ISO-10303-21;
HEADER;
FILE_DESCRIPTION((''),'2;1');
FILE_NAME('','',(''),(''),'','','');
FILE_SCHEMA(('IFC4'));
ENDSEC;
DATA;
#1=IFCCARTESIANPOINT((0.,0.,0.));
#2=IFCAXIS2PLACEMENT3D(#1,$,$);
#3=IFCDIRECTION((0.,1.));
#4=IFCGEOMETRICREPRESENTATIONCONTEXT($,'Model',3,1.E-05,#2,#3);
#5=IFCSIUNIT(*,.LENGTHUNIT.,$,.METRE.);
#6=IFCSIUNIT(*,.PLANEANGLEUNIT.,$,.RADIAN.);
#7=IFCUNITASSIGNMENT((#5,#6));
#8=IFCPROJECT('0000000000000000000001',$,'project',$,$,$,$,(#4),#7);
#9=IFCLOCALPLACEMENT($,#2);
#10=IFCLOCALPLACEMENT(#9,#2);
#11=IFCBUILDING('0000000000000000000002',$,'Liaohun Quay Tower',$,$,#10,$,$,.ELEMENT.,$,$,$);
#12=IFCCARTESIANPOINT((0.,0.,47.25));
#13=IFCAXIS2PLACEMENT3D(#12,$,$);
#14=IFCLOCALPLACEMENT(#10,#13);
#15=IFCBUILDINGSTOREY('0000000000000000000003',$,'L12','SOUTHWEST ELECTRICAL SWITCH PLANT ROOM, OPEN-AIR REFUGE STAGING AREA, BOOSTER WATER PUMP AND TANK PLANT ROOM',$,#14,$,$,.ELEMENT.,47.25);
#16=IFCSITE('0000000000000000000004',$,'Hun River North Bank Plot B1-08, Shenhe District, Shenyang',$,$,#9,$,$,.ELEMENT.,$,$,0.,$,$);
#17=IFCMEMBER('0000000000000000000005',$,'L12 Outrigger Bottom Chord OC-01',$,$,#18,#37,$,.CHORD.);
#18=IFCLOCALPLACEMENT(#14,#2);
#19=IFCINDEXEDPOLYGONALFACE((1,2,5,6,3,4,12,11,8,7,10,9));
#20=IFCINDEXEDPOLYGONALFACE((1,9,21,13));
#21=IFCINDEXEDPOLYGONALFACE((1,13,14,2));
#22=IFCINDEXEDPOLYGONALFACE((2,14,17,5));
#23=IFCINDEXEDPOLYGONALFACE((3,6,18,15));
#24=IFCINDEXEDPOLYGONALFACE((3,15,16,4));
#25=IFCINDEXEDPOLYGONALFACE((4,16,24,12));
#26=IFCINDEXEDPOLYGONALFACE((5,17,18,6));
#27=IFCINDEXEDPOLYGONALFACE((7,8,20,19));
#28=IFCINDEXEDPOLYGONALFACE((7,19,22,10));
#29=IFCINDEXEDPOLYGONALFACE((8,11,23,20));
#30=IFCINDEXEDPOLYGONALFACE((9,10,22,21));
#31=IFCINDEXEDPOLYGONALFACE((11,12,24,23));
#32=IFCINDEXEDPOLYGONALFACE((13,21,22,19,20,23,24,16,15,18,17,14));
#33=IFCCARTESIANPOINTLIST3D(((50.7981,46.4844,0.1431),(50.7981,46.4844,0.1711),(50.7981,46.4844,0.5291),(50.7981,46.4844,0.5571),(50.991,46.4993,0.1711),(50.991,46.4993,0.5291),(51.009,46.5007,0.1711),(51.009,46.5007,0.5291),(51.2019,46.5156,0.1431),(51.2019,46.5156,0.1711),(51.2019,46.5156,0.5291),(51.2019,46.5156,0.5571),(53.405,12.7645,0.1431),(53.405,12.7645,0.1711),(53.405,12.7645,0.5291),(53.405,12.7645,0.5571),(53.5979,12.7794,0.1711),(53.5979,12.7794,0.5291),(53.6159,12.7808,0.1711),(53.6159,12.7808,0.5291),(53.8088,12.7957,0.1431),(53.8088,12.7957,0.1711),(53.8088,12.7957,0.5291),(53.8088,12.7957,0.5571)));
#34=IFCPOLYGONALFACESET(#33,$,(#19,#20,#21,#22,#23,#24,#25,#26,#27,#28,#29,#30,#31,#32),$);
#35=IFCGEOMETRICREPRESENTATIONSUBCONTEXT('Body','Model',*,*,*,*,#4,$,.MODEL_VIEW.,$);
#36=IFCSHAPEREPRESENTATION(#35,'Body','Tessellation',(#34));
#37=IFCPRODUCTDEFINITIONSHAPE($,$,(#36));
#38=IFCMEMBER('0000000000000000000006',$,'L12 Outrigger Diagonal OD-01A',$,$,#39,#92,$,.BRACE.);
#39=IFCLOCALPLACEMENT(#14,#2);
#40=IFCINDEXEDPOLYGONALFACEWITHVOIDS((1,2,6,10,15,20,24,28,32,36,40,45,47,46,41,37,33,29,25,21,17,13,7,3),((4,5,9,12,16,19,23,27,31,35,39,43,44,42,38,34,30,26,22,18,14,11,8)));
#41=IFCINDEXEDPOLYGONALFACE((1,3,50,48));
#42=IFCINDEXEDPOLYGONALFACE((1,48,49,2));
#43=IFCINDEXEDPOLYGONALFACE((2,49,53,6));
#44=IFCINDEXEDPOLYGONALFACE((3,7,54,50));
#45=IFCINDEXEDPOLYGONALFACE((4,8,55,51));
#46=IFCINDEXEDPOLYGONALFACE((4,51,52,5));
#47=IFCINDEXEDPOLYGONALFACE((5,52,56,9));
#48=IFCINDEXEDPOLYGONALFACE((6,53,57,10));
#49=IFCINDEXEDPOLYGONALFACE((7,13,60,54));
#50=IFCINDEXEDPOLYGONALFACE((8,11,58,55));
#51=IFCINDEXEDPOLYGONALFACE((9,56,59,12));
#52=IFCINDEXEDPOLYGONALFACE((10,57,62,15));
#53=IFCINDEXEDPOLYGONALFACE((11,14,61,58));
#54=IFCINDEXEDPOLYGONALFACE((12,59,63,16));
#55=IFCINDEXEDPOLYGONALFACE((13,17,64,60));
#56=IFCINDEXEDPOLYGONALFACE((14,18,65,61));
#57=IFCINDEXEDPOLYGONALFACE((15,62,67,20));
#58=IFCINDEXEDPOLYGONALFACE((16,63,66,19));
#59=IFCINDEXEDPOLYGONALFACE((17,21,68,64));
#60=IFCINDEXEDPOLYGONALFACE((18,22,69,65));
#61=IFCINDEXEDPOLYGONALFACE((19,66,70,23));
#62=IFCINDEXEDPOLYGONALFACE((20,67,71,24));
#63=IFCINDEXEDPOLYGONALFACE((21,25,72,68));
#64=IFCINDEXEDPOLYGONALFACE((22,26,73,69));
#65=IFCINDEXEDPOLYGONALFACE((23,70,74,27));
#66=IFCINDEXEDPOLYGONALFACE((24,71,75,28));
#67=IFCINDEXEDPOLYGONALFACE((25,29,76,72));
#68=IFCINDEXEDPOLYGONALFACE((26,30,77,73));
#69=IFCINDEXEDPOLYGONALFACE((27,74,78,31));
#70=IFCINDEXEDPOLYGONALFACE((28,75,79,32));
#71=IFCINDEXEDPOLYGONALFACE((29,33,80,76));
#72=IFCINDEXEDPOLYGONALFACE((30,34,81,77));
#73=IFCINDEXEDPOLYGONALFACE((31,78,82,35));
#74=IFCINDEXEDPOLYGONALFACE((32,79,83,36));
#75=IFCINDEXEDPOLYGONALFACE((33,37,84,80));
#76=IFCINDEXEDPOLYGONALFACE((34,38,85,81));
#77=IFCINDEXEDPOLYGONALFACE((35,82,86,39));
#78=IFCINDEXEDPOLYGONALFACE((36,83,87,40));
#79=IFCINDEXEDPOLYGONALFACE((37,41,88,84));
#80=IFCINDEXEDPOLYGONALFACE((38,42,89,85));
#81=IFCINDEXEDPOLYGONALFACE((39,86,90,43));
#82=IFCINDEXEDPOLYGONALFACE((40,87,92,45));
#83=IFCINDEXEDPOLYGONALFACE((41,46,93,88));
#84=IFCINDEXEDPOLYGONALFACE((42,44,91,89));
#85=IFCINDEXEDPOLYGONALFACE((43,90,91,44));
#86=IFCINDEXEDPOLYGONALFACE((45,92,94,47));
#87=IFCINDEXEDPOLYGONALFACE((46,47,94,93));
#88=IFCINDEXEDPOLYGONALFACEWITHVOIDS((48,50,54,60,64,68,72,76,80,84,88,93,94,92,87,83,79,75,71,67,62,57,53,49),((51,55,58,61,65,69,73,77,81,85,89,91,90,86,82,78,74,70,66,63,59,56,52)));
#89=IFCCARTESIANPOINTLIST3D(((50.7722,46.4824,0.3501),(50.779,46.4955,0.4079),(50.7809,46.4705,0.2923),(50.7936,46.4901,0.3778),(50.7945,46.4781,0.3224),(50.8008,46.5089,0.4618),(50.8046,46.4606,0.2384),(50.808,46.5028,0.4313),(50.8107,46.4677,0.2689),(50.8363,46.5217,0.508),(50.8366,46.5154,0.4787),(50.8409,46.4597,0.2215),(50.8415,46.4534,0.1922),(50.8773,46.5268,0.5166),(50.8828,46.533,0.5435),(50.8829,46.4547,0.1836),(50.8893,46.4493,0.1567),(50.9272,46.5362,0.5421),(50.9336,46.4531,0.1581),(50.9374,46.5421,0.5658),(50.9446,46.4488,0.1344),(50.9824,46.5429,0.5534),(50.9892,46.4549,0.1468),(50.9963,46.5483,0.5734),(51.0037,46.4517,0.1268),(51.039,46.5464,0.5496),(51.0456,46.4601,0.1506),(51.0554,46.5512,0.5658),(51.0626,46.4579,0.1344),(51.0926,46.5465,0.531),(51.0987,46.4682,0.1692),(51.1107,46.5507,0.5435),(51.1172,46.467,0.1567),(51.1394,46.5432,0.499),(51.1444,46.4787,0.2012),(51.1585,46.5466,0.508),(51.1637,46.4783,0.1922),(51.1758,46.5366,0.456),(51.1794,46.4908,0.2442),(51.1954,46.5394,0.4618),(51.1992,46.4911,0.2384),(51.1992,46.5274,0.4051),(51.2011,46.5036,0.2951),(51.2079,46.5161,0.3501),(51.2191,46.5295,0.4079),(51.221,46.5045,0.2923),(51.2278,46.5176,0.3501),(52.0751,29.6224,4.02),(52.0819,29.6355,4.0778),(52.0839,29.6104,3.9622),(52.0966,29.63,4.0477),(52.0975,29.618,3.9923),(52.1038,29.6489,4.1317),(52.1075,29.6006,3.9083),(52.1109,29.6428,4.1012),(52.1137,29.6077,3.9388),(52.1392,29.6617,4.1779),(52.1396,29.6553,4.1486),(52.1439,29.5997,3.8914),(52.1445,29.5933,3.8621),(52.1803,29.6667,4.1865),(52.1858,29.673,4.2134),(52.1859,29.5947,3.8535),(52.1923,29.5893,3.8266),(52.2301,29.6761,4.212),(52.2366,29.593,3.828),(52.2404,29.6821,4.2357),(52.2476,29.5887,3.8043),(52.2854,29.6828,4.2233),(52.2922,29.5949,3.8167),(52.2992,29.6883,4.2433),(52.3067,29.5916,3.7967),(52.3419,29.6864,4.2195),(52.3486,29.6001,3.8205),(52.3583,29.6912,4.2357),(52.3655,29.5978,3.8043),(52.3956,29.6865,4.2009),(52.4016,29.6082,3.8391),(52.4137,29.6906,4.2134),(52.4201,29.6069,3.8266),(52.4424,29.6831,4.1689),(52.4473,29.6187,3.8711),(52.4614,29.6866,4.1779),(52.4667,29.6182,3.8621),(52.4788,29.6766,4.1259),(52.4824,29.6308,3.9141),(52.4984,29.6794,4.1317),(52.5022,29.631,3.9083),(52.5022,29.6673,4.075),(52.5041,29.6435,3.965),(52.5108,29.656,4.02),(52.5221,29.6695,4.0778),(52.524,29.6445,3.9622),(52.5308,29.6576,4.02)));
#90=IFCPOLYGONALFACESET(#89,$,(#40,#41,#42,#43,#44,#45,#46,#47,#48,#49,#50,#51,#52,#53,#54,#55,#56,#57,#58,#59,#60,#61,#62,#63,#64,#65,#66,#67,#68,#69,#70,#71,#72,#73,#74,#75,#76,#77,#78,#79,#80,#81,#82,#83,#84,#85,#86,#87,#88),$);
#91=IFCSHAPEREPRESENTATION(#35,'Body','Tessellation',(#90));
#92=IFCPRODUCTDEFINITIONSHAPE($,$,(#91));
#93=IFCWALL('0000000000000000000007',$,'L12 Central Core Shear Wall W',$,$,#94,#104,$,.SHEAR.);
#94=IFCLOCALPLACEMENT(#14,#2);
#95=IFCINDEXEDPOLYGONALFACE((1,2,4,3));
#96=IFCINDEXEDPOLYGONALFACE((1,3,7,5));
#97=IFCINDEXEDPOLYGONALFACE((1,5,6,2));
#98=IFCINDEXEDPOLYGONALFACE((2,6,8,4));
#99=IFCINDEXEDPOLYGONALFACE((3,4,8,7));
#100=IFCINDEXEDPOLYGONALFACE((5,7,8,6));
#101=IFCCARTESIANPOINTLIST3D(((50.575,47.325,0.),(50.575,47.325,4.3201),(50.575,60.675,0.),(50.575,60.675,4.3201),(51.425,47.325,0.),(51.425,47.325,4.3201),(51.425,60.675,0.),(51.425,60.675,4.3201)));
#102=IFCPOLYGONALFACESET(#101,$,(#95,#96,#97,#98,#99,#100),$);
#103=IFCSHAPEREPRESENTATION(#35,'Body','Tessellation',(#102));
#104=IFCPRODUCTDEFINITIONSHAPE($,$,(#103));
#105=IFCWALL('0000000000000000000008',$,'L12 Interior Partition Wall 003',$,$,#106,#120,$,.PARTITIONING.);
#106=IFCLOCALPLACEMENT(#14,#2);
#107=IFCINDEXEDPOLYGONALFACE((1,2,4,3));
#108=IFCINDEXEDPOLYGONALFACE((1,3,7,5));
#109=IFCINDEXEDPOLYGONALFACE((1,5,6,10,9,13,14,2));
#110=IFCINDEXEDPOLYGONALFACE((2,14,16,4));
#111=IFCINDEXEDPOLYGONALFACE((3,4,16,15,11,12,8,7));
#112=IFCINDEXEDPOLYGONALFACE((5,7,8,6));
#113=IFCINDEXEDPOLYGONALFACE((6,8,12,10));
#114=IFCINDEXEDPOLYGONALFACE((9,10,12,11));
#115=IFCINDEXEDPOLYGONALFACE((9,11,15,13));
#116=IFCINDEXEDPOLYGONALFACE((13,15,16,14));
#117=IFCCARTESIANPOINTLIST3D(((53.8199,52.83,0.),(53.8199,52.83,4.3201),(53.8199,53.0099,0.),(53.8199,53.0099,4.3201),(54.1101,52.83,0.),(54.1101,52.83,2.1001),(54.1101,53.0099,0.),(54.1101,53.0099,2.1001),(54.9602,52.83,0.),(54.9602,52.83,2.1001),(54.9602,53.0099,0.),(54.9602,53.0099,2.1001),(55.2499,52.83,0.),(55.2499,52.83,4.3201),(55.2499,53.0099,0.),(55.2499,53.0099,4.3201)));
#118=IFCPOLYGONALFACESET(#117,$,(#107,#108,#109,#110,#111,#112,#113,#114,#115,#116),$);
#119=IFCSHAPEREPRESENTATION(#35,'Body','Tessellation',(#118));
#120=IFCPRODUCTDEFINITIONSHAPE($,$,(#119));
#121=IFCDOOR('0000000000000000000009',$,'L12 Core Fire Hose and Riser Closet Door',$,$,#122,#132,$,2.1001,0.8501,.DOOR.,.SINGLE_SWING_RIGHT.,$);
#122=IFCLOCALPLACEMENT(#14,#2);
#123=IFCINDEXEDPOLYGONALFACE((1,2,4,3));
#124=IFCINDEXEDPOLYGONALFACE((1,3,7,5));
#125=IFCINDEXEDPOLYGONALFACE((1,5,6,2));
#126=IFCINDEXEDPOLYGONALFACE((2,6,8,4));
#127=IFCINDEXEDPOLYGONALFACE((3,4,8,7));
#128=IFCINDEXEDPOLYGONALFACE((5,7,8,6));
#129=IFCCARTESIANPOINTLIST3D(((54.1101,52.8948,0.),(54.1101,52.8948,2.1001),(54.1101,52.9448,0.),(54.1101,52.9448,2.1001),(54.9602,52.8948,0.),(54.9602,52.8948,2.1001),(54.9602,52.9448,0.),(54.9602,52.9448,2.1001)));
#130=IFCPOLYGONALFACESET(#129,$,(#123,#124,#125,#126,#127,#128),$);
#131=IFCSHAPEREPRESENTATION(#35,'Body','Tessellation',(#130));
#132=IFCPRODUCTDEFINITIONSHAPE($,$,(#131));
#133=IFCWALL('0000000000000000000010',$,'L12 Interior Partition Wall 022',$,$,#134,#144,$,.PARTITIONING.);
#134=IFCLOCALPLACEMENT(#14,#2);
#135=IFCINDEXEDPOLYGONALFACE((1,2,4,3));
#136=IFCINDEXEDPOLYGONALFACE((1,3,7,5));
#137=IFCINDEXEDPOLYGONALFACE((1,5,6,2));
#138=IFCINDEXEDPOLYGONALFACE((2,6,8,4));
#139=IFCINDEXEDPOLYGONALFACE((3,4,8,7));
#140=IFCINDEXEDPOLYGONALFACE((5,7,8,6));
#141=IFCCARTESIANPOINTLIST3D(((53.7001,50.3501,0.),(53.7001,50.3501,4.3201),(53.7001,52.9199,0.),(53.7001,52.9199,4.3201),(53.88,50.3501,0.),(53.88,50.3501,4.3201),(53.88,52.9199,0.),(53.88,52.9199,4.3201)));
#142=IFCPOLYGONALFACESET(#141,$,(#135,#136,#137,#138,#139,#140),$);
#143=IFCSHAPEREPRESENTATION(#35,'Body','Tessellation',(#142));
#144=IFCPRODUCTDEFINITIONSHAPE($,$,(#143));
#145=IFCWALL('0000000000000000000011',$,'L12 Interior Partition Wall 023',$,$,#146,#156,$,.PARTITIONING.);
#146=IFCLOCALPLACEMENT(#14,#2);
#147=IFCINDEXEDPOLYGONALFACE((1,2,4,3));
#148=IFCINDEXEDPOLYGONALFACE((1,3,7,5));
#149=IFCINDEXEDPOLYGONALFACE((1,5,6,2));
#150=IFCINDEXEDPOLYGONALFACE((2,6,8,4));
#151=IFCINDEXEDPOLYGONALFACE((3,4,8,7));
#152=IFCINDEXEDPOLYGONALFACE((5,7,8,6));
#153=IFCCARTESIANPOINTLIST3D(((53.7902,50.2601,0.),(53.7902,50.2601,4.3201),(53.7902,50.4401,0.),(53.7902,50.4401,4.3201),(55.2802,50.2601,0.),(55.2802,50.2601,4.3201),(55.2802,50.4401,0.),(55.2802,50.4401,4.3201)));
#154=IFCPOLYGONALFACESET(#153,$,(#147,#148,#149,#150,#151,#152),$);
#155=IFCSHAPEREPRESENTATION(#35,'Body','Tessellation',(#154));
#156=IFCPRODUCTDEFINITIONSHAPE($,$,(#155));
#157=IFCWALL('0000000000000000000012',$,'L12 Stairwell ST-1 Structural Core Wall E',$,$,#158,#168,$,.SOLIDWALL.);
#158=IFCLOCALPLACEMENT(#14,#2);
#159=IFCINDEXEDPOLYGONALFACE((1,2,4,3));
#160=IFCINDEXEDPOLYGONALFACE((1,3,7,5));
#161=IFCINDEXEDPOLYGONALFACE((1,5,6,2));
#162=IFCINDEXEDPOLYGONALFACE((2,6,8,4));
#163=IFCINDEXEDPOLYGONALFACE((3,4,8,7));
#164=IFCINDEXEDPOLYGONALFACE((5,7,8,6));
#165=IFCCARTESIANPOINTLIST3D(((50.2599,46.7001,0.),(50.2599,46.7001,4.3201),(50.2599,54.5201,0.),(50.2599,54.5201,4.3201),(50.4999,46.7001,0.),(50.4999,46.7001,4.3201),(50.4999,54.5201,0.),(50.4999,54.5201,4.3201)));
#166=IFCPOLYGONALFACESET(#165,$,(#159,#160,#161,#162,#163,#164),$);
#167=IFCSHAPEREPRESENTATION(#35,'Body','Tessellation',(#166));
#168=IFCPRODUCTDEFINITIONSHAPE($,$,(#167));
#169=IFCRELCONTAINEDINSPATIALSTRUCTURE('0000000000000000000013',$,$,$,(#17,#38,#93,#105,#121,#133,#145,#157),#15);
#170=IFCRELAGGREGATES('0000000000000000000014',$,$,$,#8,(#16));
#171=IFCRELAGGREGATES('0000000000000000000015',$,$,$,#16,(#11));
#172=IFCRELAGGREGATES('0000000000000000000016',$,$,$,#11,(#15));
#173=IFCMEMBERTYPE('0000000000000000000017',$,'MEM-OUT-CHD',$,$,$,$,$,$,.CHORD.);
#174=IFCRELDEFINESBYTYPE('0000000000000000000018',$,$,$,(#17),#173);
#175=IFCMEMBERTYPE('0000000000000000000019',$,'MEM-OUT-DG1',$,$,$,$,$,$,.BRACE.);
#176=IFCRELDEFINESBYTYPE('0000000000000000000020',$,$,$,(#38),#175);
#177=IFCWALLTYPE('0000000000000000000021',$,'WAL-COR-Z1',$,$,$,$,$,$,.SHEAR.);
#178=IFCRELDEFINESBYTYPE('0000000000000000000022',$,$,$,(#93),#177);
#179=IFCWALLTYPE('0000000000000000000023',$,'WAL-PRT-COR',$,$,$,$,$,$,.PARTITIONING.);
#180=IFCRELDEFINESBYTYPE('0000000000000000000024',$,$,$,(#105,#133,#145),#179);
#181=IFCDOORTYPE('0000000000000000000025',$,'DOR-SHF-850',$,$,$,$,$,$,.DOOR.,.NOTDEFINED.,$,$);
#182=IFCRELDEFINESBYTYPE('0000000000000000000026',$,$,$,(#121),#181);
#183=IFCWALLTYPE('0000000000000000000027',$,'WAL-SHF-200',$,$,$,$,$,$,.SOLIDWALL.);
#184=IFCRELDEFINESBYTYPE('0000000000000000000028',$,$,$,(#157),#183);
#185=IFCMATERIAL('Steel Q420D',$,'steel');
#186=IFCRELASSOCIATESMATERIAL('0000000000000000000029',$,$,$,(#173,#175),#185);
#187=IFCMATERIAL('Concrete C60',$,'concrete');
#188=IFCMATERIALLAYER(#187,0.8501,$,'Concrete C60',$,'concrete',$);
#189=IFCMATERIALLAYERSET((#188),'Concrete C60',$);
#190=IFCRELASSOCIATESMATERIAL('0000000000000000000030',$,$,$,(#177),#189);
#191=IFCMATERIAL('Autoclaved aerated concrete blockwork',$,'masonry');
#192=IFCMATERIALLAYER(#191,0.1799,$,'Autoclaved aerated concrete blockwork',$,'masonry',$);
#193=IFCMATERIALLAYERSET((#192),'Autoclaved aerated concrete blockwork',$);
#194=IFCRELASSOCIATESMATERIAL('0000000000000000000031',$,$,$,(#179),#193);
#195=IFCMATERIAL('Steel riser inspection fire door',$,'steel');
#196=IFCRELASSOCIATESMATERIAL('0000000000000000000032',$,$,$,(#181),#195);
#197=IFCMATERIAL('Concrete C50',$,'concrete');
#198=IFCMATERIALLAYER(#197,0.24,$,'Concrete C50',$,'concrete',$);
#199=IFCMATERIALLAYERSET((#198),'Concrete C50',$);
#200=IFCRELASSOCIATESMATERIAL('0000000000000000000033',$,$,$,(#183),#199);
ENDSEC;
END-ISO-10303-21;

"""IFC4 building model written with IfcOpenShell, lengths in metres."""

from ifc_helpers import new_model, si_unit, direction, frame, frame_2d, origin, origin_2d, place, context, subcontext, project, spatial, rectangle, hollow_circle, i_section, extrude, source, transform, mapped, material, layer, layer_set, material_profile, profile_set, type_object, element, fill, save


model = new_model("IFC4")

# Units and contexts
model_context = context("Model", 3, precision=1e-05, world=origin(), true_north=direction((0.0, 1.0)))
body_context = subcontext(model_context, "Body", "Model", "MODEL_VIEW")
ifc_project = project(units=[si_unit("LENGTHUNIT", "METRE"), si_unit("PLANEANGLEUNIT", "RADIAN")], contexts=[model_context])

# Site, building, storey
site_placement = place(None, origin())
site = spatial("IfcSite", under=ifc_project, at=site_placement, Name="Hun River North Bank Plot B1-08, Shenhe District, Shenyang", CompositionType="ELEMENT", RefElevation=0.0)
building_placement = place(site_placement, origin())
building = spatial("IfcBuilding", under=site, at=building_placement, Name="Liaohun Quay Tower", CompositionType="ELEMENT")
storey_placement = place(building_placement, frame((0.0, 0.0, 47.25)))
storey = spatial("IfcBuildingStorey", under=building, at=storey_placement, Name="L12", Description="SOUTHWEST ELECTRICAL SWITCH PLANT ROOM, OPEN-AIR REFUGE STAGING AREA, BOOSTER WATER PUMP AND TANK PLANT ROOM", CompositionType="ELEMENT", Elevation=47.25)

# Members
ifc_material_1 = material(Name="Steel Q420D", Category="steel")
ifc_material_profile_1 = material_profile(ifc_material_1, i_section(OverallWidth=0.405, OverallDepth=0.4141, WebThickness=0.0181, FlangeThickness=0.0281, at=origin_2d()), Name="HW414x405x18x28")
ifc_profile_set_1 = profile_set([ifc_material_profile_1], Name="Steel Q420D")
member_type_1 = type_object("IfcMemberType", Name="MEM-OUT-CHD", PredefinedType="CHORD", material=ifc_profile_set_1)
shared_shape_1 = source(origin(), body_context, "Body", "SweptSolid", [
    extrude(i_section(OverallWidth=0.405, OverallDepth=0.4141, WebThickness=0.0181, FlangeThickness=0.0281, at=origin_2d()), origin(), (0.0, 0.0, 1.0), 33.8206),
])
member_1_placement = place(storey_placement, frame((51.0, 46.5, 0.3501), z_axis=(0.077081, -0.997025, 0.0), x_axis=(0.997025, 0.077081, 0.0)))
element("IfcMember", 1, at=member_1_placement, inside=storey, type_object=member_type_1, Name="L12 Outrigger Bottom Chord OC-01", PredefinedType="CHORD", context=body_context, shape_type="MappedRepresentation", body=[
    mapped(shared_shape_1, transform((0.0, 0.0, 0.0), x_axis=(1.0, 0.0, 0.0), y_axis=(0.0, 1.0, 0.0), z_axis=(0.0, 0.0, 1.0), scale=1.0)),
])
ifc_material_profile_2 = material_profile(ifc_material_1, hollow_circle(Radius=0.2285, WallThickness=0.02, at=origin_2d()), Name="CHS457x20")
ifc_profile_set_2 = profile_set([ifc_material_profile_2], Name="Steel Q420D")
member_type_2 = type_object("IfcMemberType", Name="MEM-OUT-DG1", PredefinedType="BRACE", material=ifc_profile_set_2)
shared_shape_2 = source(origin(), body_context, "Body", "SweptSolid", [
    extrude(hollow_circle(Radius=0.2285, WallThickness=0.02, at=origin_2d()), origin(), (0.0, 0.0, 1.0), 17.304),
])
member_2_placement = place(storey_placement, frame((51.0, 46.5, 0.3501), z_axis=(0.075299, -0.974346, 0.212085), x_axis=(0.997027, 0.077052, 0.0)))
element("IfcMember", 2, at=member_2_placement, inside=storey, type_object=member_type_2, Name="L12 Outrigger Diagonal OD-01A", PredefinedType="BRACE", context=body_context, shape_type="MappedRepresentation", body=[
    mapped(shared_shape_2, transform((0.0, 0.0, 0.0), x_axis=(1.0, 0.0, 0.0), y_axis=(0.0, 1.0, 0.0), z_axis=(0.0, 0.0, 1.0), scale=1.0)),
])

# Wall
ifc_material_2 = material(Name="Concrete C60", Category="concrete")
ifc_layer_1 = layer(ifc_material_2, 0.8501, Name="Concrete C60", Category="concrete")
ifc_layer_set_1 = layer_set([ifc_layer_1], Name="Concrete C60")
wall_type_1 = type_object("IfcWallType", Name="WAL-COR-Z1", PredefinedType="SHEAR", material=ifc_layer_set_1)
wall_1_placement = place(storey_placement, frame((51.0, 47.325, 0.0), z_axis=(0.0, 0.0, 1.0), x_axis=(0.0, 1.0, 0.0)))
element("IfcWall", 3, at=wall_1_placement, inside=storey, type_object=wall_type_1, Name="L12 Central Core Shear Wall W", PredefinedType="SHEAR", context=body_context, shape_type="SweptSolid", body=[
    extrude(rectangle(XDim=13.3501, YDim=0.8501, at=frame_2d((6.675, 0.0))), origin(), (0.0, 0.0, 1.0), 4.3201),
])

# Wall, opening, door
ifc_material_3 = material(Name="Autoclaved aerated concrete blockwork", Category="masonry")
ifc_layer_2 = layer(ifc_material_3, 0.1799, Name="Autoclaved aerated concrete blockwork", Category="masonry")
ifc_layer_set_2 = layer_set([ifc_layer_2], Name="Autoclaved aerated concrete blockwork")
wall_type_2 = type_object("IfcWallType", Name="WAL-PRT-COR", PredefinedType="PARTITIONING", material=ifc_layer_set_2)
wall_2_placement = place(storey_placement, frame((53.8201, 52.9199, 0.0), z_axis=(0.0, 0.0, 1.0), x_axis=(1.0, 0.0, 0.0)))
wall_2 = element("IfcWall", 4, at=wall_2_placement, inside=storey, type_object=wall_type_2, Name="L12 Interior Partition Wall 003", PredefinedType="PARTITIONING", context=body_context, shape_type="SweptSolid", body=[
    extrude(rectangle(XDim=1.4299, YDim=0.1799, at=frame_2d((0.7148, 0.0))), origin(), (0.0, 0.0, 1.0), 4.3201),
])
shared_shape_3 = source(origin(), body_context, "Body", "SweptSolid", [
    extrude(rectangle(XDim=0.8501, YDim=2.1001, at=frame_2d((0.425, 1.05))), frame((0.0, 0.0999, 0.0), z_axis=(0.0, -1.0, 0.0), x_axis=(1.0, 0.0, 0.0)), (0.0, 0.0, 1.0), 0.2),
])
opening_1_placement = place(wall_2_placement, frame((0.29, 0.0, 0.0)))
opening_1 = element("IfcOpeningElement", 5, at=opening_1_placement, cuts=wall_2, PredefinedType="OPENING", context=body_context, shape_type="MappedRepresentation", body=[
    mapped(shared_shape_3, transform((0.0, 0.0, 0.0), x_axis=(1.0, 0.0, 0.0), y_axis=(0.0, 1.0, 0.0), z_axis=(0.0, 0.0, 1.0), scale=1.0)),
])
ifc_material_4 = material(Name="Steel riser inspection fire door", Category="steel")
door_type_1 = type_object("IfcDoorType", Name="DOR-SHF-850", OperationType="NOTDEFINED", PredefinedType="DOOR", material=ifc_material_4)
shared_shape_4 = source(origin(), body_context, "Body", "SweptSolid", [
    extrude(rectangle(XDim=0.8501, YDim=2.1001, at=frame_2d((0.425, 1.05))), frame((0.0, 0.0249, 0.0), z_axis=(0.0, -1.0, 0.0), x_axis=(1.0, 0.0, 0.0)), (0.0, 0.0, 1.0), 0.05),
])
door_1_placement = place(opening_1_placement, origin())
door_1 = element("IfcDoor", 6, at=door_1_placement, inside=storey, type_object=door_type_1, Name="L12 Core Fire Hose and Riser Closet Door", OperationType="SINGLE_SWING_RIGHT", OverallHeight=2.1001, OverallWidth=0.8501, PredefinedType="DOOR", context=body_context, shape_type="MappedRepresentation", body=[
    mapped(shared_shape_4, transform((0.0, 0.0, 0.0), x_axis=(1.0, 0.0, 0.0), y_axis=(0.0, 1.0, 0.0), z_axis=(0.0, 0.0, 1.0), scale=1.0)),
])
fill(opening_1, door_1)

# Walls
wall_3_placement = place(storey_placement, frame((53.79, 50.3501, 0.0), z_axis=(0.0, 0.0, 1.0), x_axis=(0.0, 1.0, 0.0)))
element("IfcWall", 7, at=wall_3_placement, inside=storey, type_object=wall_type_2, Name="L12 Interior Partition Wall 022", PredefinedType="PARTITIONING", context=body_context, shape_type="SweptSolid", body=[
    extrude(rectangle(XDim=2.5698, YDim=0.1799, at=frame_2d((1.2849, 0.0))), origin(), (0.0, 0.0, 1.0), 4.3201),
])
wall_4_placement = place(storey_placement, frame((53.79, 50.3501, 0.0), z_axis=(0.0, 0.0, 1.0), x_axis=(1.0, 0.0, 0.0)))
element("IfcWall", 8, at=wall_4_placement, inside=storey, type_object=wall_type_2, Name="L12 Interior Partition Wall 023", PredefinedType="PARTITIONING", context=body_context, shape_type="SweptSolid", body=[
    extrude(rectangle(XDim=1.49, YDim=0.1799, at=frame_2d((0.7451, 0.0))), origin(), (0.0, 0.0, 1.0), 4.3201),
])
ifc_material_5 = material(Name="Concrete C50", Category="concrete")
ifc_layer_3 = layer(ifc_material_5, 0.24, Name="Concrete C50", Category="concrete")
ifc_layer_set_3 = layer_set([ifc_layer_3], Name="Concrete C50")
wall_type_3 = type_object("IfcWallType", Name="WAL-SHF-200", PredefinedType="SOLIDWALL", material=ifc_layer_set_3)
wall_5_placement = place(storey_placement, frame((50.3799, 46.7, 0.0), z_axis=(0.0, 0.0, 1.0), x_axis=(0.0, 1.0, 0.0)))
element("IfcWall", 9, at=wall_5_placement, inside=storey, type_object=wall_type_3, Name="L12 Stairwell ST-1 Structural Core Wall E", PredefinedType="SOLIDWALL", context=body_context, shape_type="SweptSolid", body=[
    extrude(rectangle(XDim=7.8201, YDim=0.24, at=frame_2d((3.9102, 0.0))), origin(), (0.0, 0.0, 1.0), 4.3201),
])

save(model, "model.ifc")
